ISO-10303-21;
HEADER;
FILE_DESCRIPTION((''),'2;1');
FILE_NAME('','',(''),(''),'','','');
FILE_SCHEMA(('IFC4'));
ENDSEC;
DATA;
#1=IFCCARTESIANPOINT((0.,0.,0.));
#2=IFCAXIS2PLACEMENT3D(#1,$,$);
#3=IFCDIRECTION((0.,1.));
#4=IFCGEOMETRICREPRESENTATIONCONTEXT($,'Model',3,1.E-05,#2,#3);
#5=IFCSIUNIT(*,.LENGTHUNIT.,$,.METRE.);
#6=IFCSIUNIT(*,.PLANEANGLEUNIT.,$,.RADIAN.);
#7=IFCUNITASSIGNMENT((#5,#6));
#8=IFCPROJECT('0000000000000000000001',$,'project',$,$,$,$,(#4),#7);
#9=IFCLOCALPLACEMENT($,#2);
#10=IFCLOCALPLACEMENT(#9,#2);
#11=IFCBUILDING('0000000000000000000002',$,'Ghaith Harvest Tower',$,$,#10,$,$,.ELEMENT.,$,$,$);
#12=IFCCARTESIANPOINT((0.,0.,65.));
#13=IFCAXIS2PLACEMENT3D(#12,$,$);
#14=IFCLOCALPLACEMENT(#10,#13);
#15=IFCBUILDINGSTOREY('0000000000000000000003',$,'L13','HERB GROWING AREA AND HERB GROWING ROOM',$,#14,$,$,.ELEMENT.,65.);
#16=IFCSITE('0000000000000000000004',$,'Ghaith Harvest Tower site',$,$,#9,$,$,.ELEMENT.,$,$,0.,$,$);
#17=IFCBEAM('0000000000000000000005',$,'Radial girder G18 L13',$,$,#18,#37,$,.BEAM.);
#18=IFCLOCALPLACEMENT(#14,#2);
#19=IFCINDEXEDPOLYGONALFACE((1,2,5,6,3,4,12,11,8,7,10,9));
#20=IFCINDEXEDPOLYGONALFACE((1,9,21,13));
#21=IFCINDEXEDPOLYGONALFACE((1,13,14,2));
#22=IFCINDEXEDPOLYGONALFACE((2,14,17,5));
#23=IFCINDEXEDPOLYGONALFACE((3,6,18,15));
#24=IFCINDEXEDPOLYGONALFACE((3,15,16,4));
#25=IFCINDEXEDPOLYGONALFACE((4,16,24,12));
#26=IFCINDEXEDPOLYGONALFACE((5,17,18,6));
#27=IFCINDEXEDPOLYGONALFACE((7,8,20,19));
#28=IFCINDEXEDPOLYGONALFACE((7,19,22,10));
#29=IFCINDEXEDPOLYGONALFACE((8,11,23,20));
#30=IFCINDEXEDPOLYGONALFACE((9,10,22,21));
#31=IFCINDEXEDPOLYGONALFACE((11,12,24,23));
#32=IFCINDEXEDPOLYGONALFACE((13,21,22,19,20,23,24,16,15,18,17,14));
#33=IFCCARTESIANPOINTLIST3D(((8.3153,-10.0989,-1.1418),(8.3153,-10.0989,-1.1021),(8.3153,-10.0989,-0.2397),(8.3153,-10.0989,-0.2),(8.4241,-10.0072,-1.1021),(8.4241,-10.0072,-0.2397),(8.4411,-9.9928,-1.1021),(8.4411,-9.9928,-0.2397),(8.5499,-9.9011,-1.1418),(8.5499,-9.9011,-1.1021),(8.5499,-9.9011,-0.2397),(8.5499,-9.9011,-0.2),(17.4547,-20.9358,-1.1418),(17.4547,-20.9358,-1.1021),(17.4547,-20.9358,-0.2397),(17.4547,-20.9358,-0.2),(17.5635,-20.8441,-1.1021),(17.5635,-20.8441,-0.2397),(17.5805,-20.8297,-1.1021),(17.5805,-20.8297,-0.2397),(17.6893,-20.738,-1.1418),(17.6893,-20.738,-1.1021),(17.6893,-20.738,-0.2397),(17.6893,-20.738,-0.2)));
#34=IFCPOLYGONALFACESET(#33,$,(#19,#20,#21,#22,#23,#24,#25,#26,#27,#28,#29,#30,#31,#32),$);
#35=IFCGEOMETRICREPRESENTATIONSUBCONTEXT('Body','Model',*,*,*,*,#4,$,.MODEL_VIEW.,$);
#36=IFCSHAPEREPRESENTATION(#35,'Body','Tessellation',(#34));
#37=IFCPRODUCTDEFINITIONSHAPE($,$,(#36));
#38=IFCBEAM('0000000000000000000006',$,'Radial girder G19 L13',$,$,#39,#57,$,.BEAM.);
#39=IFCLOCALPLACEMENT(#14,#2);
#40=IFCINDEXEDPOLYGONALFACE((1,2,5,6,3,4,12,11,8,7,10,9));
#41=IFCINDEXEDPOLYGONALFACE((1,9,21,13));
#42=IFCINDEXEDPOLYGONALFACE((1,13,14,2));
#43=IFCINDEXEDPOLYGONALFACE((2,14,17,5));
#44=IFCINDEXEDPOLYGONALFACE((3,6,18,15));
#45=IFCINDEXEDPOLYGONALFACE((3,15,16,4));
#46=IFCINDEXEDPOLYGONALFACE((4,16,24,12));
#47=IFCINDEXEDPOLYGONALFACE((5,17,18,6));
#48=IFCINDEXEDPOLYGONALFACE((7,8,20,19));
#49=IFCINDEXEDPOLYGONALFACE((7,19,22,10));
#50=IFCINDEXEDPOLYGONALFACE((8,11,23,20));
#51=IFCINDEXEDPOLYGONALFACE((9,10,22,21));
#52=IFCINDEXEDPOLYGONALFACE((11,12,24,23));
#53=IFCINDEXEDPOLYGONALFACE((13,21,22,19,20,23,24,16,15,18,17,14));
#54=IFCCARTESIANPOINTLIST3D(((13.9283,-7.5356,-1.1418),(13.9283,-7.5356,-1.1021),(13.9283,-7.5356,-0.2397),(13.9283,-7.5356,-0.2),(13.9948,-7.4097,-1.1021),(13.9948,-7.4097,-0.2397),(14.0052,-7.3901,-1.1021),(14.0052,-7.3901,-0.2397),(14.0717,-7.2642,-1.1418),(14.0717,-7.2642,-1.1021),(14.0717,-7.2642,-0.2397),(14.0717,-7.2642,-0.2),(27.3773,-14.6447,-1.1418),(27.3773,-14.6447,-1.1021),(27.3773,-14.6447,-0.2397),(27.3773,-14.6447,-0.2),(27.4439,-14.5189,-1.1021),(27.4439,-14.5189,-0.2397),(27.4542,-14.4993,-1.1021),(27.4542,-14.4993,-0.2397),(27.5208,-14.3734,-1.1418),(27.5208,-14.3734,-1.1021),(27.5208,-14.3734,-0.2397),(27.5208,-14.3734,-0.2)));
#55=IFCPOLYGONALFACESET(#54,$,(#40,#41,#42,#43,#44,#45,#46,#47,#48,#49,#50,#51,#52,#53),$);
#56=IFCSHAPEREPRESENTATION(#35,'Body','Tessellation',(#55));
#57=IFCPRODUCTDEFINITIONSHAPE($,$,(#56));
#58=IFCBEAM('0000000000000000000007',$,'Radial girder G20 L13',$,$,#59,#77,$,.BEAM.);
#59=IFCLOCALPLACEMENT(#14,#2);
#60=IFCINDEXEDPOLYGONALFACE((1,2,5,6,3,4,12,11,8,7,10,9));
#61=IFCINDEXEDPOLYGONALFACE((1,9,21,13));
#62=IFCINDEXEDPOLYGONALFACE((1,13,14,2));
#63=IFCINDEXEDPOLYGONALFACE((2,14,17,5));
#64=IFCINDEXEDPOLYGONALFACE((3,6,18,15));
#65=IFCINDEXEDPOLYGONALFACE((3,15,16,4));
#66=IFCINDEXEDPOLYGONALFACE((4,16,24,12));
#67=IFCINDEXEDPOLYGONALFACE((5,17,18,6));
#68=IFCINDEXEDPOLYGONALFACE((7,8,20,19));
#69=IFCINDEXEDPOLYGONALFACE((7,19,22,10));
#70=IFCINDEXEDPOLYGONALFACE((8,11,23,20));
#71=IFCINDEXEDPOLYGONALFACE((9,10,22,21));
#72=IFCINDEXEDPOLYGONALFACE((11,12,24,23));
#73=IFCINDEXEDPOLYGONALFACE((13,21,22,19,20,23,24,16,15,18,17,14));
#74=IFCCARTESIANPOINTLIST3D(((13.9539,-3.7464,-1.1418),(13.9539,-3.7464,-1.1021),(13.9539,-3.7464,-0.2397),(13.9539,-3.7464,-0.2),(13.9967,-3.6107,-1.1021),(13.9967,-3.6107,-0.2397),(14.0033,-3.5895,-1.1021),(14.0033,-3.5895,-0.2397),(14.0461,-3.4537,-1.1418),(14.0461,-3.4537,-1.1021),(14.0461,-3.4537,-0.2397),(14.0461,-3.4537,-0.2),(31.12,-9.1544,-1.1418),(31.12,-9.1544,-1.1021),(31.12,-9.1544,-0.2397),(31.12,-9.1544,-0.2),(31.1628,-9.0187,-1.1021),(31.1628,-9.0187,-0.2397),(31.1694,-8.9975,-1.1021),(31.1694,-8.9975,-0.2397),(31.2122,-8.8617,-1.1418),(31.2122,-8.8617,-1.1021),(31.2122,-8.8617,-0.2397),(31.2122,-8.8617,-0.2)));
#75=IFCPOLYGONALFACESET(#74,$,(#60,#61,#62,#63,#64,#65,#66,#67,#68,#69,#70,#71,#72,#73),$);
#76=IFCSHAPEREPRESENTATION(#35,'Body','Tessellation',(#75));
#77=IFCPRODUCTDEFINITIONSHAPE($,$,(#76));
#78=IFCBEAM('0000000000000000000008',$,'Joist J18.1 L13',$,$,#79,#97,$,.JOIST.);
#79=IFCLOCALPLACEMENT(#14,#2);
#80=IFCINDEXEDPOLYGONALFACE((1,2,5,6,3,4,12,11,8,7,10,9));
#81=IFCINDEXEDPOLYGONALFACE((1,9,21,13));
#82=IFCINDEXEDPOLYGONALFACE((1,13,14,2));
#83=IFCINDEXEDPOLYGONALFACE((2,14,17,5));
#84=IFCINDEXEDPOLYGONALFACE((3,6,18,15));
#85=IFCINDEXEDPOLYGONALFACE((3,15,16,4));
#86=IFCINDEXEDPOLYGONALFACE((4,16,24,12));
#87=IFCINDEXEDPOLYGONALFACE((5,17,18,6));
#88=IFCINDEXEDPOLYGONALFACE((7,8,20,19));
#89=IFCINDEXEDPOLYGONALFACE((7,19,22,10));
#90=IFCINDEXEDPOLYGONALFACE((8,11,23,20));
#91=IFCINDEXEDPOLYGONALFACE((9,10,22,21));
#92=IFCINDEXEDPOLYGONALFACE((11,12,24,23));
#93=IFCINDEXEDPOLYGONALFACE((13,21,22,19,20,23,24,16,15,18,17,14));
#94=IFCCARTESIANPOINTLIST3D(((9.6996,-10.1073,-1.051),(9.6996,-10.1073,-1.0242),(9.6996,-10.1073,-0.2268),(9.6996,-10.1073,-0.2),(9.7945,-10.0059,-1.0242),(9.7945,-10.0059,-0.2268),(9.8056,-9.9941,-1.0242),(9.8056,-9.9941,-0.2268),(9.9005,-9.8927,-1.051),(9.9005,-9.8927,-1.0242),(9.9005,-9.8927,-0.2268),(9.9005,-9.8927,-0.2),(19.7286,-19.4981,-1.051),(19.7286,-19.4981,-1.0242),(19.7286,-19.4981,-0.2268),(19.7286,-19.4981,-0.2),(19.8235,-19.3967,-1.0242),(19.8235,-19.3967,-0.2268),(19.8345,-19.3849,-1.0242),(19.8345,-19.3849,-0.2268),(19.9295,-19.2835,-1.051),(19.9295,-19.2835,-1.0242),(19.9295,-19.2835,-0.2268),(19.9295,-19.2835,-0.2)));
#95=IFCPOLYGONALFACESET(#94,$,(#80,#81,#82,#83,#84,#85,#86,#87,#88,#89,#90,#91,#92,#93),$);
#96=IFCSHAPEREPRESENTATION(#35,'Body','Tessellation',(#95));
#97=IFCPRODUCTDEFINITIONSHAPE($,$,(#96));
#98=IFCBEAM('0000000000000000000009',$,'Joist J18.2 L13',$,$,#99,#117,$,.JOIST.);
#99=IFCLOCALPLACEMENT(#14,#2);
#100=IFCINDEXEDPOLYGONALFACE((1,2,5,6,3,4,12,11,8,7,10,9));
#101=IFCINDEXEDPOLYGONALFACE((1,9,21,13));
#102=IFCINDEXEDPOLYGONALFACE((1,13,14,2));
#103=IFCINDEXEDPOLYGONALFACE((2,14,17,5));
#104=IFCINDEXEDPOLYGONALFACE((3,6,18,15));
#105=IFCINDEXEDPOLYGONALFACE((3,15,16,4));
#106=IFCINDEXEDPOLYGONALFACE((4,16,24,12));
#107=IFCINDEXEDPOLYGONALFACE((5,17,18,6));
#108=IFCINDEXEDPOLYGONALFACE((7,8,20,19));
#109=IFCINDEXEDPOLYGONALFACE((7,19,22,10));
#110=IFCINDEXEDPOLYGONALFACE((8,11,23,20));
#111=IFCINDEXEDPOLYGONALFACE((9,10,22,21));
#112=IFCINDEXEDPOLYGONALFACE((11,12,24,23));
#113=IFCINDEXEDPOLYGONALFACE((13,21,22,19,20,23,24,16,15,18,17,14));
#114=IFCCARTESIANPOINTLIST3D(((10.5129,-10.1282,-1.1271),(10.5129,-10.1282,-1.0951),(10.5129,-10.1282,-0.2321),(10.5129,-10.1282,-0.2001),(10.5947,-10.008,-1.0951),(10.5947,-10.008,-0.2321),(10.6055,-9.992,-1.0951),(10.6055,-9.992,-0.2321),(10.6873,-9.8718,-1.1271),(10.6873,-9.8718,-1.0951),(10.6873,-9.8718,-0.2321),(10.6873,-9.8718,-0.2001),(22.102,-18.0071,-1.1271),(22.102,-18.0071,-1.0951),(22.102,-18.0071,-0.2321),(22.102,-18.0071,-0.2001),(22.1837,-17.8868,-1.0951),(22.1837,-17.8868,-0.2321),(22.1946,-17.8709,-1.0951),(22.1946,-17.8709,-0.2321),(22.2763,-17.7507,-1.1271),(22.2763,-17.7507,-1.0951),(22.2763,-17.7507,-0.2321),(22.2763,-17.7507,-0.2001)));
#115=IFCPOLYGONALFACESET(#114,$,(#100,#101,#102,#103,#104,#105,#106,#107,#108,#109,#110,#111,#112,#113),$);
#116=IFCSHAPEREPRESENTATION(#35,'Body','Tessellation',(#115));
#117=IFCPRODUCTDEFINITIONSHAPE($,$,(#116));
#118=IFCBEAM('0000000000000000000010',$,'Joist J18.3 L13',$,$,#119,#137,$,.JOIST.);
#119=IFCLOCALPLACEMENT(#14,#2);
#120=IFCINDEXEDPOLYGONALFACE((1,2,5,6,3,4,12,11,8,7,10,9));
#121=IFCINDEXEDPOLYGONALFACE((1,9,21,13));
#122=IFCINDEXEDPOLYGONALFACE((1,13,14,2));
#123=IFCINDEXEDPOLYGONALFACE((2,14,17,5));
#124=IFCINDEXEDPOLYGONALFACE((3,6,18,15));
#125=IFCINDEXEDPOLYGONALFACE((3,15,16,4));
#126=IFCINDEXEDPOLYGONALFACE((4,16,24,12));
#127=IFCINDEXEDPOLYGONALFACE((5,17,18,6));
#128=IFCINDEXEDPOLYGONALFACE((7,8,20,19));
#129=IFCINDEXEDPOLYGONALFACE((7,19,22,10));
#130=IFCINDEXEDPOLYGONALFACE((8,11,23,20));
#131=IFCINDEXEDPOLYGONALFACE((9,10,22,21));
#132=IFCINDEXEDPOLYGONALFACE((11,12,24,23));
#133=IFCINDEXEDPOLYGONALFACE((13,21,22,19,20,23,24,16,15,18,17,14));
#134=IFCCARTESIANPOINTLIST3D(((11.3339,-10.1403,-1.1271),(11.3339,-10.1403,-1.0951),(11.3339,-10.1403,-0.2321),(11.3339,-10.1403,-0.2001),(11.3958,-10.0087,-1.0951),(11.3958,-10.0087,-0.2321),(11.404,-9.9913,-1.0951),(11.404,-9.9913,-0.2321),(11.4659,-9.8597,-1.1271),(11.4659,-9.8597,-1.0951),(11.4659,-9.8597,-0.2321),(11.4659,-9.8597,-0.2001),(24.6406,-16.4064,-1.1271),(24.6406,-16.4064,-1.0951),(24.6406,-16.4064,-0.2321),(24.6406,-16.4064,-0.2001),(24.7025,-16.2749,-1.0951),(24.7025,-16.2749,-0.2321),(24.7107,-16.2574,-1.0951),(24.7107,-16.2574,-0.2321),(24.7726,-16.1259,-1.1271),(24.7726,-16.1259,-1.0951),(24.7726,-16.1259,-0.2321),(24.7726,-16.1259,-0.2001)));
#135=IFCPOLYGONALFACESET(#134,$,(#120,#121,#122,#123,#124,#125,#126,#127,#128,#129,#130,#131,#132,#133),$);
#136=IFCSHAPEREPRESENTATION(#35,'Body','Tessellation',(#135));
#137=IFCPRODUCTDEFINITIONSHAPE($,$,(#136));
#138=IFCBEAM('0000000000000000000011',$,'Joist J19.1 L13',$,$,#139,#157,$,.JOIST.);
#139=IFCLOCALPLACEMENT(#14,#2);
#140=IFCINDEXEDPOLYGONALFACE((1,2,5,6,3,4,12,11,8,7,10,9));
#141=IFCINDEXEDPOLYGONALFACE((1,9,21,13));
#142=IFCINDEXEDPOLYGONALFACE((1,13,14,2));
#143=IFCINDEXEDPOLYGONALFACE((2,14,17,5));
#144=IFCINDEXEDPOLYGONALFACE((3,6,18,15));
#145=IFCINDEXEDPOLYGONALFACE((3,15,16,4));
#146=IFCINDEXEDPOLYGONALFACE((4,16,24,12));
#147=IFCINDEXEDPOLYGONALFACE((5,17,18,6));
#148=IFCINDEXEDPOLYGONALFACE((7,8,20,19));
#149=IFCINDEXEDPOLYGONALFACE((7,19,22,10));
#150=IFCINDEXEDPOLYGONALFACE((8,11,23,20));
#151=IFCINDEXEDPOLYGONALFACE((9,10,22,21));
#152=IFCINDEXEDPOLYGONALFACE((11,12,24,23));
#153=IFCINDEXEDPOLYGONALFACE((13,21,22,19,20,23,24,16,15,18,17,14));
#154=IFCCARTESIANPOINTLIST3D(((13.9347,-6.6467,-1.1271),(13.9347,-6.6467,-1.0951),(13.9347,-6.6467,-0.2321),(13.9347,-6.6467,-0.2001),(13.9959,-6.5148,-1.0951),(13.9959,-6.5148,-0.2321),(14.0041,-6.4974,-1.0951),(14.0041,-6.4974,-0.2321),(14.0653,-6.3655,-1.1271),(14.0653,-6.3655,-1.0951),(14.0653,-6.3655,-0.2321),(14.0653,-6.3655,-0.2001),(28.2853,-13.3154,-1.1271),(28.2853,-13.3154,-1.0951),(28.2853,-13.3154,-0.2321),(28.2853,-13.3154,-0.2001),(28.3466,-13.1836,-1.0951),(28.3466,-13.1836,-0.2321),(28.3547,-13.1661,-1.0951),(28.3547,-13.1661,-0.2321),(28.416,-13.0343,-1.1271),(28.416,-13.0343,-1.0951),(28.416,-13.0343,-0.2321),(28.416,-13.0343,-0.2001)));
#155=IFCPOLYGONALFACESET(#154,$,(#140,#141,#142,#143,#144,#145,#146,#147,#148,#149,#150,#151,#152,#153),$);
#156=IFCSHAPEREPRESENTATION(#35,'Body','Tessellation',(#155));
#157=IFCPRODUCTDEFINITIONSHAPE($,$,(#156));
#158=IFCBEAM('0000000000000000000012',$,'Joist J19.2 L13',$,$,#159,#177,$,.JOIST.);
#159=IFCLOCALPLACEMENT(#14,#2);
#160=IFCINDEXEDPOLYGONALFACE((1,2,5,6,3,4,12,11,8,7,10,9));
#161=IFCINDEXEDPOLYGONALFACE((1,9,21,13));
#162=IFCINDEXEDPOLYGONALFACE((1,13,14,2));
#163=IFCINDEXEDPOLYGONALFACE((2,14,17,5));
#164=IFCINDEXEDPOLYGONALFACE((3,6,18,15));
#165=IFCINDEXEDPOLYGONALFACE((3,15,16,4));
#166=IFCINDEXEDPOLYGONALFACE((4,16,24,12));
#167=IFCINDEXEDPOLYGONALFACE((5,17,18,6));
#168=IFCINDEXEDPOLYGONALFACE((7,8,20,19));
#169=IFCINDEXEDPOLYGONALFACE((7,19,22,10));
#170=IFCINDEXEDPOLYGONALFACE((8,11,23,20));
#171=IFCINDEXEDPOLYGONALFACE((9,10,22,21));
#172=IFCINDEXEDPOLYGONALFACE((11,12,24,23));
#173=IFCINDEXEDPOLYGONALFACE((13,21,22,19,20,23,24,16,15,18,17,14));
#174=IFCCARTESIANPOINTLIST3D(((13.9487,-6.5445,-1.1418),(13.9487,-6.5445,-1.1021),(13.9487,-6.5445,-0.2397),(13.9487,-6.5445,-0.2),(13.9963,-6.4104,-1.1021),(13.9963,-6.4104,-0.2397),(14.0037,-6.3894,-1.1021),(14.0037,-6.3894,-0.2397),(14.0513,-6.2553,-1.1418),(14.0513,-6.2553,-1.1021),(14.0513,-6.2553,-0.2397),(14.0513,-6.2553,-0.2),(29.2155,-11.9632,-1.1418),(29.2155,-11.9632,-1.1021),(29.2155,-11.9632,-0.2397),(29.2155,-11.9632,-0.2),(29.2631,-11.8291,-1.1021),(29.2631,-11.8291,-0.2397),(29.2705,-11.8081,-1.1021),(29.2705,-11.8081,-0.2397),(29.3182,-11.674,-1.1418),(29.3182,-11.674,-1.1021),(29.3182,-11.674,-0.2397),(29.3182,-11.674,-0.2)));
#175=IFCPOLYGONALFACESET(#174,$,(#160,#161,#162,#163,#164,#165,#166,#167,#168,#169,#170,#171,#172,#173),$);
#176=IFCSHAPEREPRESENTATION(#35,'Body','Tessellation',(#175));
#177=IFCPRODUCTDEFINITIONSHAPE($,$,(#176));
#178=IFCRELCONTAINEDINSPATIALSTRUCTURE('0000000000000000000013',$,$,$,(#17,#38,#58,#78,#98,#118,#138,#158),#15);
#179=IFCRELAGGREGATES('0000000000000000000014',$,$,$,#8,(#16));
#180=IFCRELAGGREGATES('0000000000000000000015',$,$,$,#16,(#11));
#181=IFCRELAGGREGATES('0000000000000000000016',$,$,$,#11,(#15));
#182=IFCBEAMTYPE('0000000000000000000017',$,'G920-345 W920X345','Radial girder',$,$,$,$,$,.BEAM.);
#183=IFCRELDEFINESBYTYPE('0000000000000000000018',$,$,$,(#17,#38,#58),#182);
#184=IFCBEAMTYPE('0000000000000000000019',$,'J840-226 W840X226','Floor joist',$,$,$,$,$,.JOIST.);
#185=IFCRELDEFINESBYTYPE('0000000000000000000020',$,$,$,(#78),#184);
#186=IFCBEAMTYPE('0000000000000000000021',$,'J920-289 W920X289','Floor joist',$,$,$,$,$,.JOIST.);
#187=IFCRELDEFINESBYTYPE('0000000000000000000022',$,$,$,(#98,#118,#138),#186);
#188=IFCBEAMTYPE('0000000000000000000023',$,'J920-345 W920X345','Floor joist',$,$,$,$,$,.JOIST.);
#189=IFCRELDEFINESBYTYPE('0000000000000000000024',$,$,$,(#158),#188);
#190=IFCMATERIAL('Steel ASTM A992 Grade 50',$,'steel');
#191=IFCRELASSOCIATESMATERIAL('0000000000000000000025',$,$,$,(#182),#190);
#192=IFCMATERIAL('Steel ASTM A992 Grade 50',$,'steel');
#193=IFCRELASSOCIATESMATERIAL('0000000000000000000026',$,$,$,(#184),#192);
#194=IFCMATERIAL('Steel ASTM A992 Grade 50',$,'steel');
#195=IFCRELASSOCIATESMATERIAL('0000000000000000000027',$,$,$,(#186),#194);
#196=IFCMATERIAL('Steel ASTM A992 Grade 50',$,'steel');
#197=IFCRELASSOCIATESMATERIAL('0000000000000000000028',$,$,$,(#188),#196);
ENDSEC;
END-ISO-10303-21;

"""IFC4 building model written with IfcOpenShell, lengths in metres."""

from ifc_helpers import new_model, si_unit, direction, frame, origin, origin_2d, place, context, subcontext, project, spatial, i_section, extrude, material, material_profile, profile_set, type_object, element, save


model = new_model("IFC4")

# Units and contexts
model_context = context("Model", 3, precision=1e-05, world=origin(), true_north=direction((0.0, 1.0)))
body_context = subcontext(model_context, "Body", "Model", "MODEL_VIEW")
ifc_project = project(units=[si_unit("LENGTHUNIT", "METRE"), si_unit("PLANEANGLEUNIT", "RADIAN")], contexts=[model_context])

# Site, building, storey
site_placement = place(None, origin())
site = spatial("IfcSite", under=ifc_project, at=site_placement, Name="Ghaith Harvest Tower site", CompositionType="ELEMENT", RefElevation=0.0)
building_placement = place(site_placement, origin())
building = spatial("IfcBuilding", under=site, at=building_placement, Name="Ghaith Harvest Tower", CompositionType="ELEMENT")
storey_placement = place(building_placement, frame((0.0, 0.0, 65.0)))
storey = spatial("IfcBuildingStorey", under=building, at=storey_placement, Name="L13", Description="HERB GROWING AREA AND HERB GROWING ROOM", CompositionType="ELEMENT", Elevation=65.0)

# Beams
ifc_material_1 = material(Name="Steel ASTM A992 Grade 50", Category="steel")
ifc_material_profile_1 = material_profile(ifc_material_1, i_section(OverallWidth=0.3069, OverallDepth=0.9419, WebThickness=0.0222, FlangeThickness=0.0398, at=origin_2d()), Name="W920X345")
ifc_profile_set_1 = profile_set([ifc_material_profile_1], Name="Steel ASTM A992 Grade 50")
beam_type_1 = type_object("IfcBeamType", Name="G920-345 W920X345", Description="Radial girder", PredefinedType="BEAM", material=ifc_profile_set_1)
beam_1_placement = place(storey_placement, frame((8.4326, -10.0, -0.6709), z_axis=(0.644696, -0.764439, 0.0), x_axis=(0.764439, 0.644696, 0.0)))
element("IfcBeam", 1, at=beam_1_placement, inside=storey, type_object=beam_type_1, Name="Radial girder G18 L13", PredefinedType="BEAM", context=body_context, shape_type="SweptSolid", body=[
    extrude(i_section(OverallWidth=0.3069, OverallDepth=0.9419, WebThickness=0.0222, FlangeThickness=0.0398, at=origin_2d()), origin(), (0.0, 0.0, 1.0), 14.1763),
])
beam_2_placement = place(storey_placement, frame((14.0, -7.3999, -0.6709), z_axis=(0.884084, -0.467327, 0.0), x_axis=(0.467327, 0.884084, 0.0)))
element("IfcBeam", 2, at=beam_2_placement, inside=storey, type_object=beam_type_1, Name="Radial girder G19 L13", PredefinedType="BEAM", context=body_context, shape_type="SweptSolid", body=[
    extrude(i_section(OverallWidth=0.3069, OverallDepth=0.9419, WebThickness=0.0222, FlangeThickness=0.0398, at=origin_2d()), origin(), (0.0, 0.0, 1.0), 15.2124),
])
beam_3_placement = place(storey_placement, frame((14.0, -3.6001, -0.6709), z_axis=(0.953788, -0.30048, 0.0), x_axis=(0.30048, 0.953788, 0.0)))
element("IfcBeam", 3, at=beam_3_placement, inside=storey, type_object=beam_type_1, Name="Radial girder G20 L13", PredefinedType="BEAM", context=body_context, shape_type="SweptSolid", body=[
    extrude(i_section(OverallWidth=0.3069, OverallDepth=0.9419, WebThickness=0.0222, FlangeThickness=0.0398, at=origin_2d()), origin(), (0.0, 0.0, 1.0), 17.9978),
])
ifc_material_2 = material(Name="Steel ASTM A992 Grade 50", Category="steel")
ifc_material_profile_2 = material_profile(ifc_material_2, i_section(OverallWidth=0.2939, OverallDepth=0.8511, WebThickness=0.0161, FlangeThickness=0.0269, at=origin_2d()), Name="W840X226")
ifc_profile_set_2 = profile_set([ifc_material_profile_2], Name="Steel ASTM A992 Grade 50")
beam_type_2 = type_object("IfcBeamType", Name="J840-226 W840X226", Description="Floor joist", PredefinedType="JOIST", material=ifc_profile_set_2)
beam_4_placement = place(storey_placement, frame((9.8, -10.0, -0.6255), z_axis=(0.72995, -0.683501, 0.0), x_axis=(0.683501, 0.72995, 0.0)))
element("IfcBeam", 4, at=beam_4_placement, inside=storey, type_object=beam_type_2, Name="Joist J18.1 L13", PredefinedType="JOIST", context=body_context, shape_type="SweptSolid", body=[
    extrude(i_section(OverallWidth=0.2939, OverallDepth=0.8511, WebThickness=0.0161, FlangeThickness=0.0269, at=origin_2d()), origin(), (0.0, 0.0, 1.0), 13.7393),
])
ifc_material_3 = material(Name="Steel ASTM A992 Grade 50", Category="steel")
ifc_material_profile_3 = material_profile(ifc_material_3, i_section(OverallWidth=0.3101, OverallDepth=0.927, WebThickness=0.0193, FlangeThickness=0.032, at=origin_2d()), Name="W920X289")
ifc_profile_set_3 = profile_set([ifc_material_profile_3], Name="Steel ASTM A992 Grade 50")
beam_type_3 = type_object("IfcBeamType", Name="J920-289 W920X289", Description="Floor joist", PredefinedType="JOIST", material=ifc_profile_set_3)
beam_5_placement = place(storey_placement, frame((10.6001, -10.0, -0.6636), z_axis=(0.826983, -0.562228, 0.0), x_axis=(0.562228, 0.826983, 0.0)))
element("IfcBeam", 5, at=beam_5_placement, inside=storey, type_object=beam_type_3, Name="Joist J18.2 L13", PredefinedType="JOIST", context=body_context, shape_type="SweptSolid", body=[
    extrude(i_section(OverallWidth=0.3101, OverallDepth=0.927, WebThickness=0.0193, FlangeThickness=0.032, at=origin_2d()), origin(), (0.0, 0.0, 1.0), 14.0137),
])
beam_6_placement = place(storey_placement, frame((11.3999, -10.0, -0.6636), z_axis=(0.90471, -0.426029, 0.0), x_axis=(0.426029, 0.90471, 0.0)))
element("IfcBeam", 6, at=beam_6_placement, inside=storey, type_object=beam_type_3, Name="Joist J18.3 L13", PredefinedType="JOIST", context=body_context, shape_type="SweptSolid", body=[
    extrude(i_section(OverallWidth=0.3101, OverallDepth=0.927, WebThickness=0.0193, FlangeThickness=0.032, at=origin_2d()), origin(), (0.0, 0.0, 1.0), 14.7083),
])
beam_7_placement = place(storey_placement, frame((14.0, -6.5061, -0.6636), z_axis=(0.906866, -0.42142, 0.0), x_axis=(0.42142, 0.906866, 0.0)))
element("IfcBeam", 7, at=beam_7_placement, inside=storey, type_object=beam_type_3, Name="Joist J19.1 L13", PredefinedType="JOIST", context=body_context, shape_type="SweptSolid", body=[
    extrude(i_section(OverallWidth=0.3101, OverallDepth=0.927, WebThickness=0.0193, FlangeThickness=0.032, at=origin_2d()), origin(), (0.0, 0.0, 1.0), 15.8245),
])
ifc_material_4 = material(Name="Steel ASTM A992 Grade 50", Category="steel")
ifc_material_profile_4 = material_profile(ifc_material_4, i_section(OverallWidth=0.3069, OverallDepth=0.9419, WebThickness=0.0222, FlangeThickness=0.0398, at=origin_2d()), Name="W920X345")
ifc_profile_set_4 = profile_set([ifc_material_profile_4], Name="Steel ASTM A992 Grade 50")
beam_type_4 = type_object("IfcBeamType", Name="J920-345 W920X345", Description="Floor joist", PredefinedType="JOIST", material=ifc_profile_set_4)
beam_8_placement = place(storey_placement, frame((14.0, -6.3999, -0.6709), z_axis=(0.9424, -0.334488, 0.0), x_axis=(0.334488, 0.9424, 0.0)))
element("IfcBeam", 8, at=beam_8_placement, inside=storey, type_object=beam_type_4, Name="Joist J19.2 L13", PredefinedType="JOIST", context=body_context, shape_type="SweptSolid", body=[
    extrude(i_section(OverallWidth=0.3069, OverallDepth=0.9419, WebThickness=0.0222, FlangeThickness=0.0398, at=origin_2d()), origin(), (0.0, 0.0, 1.0), 16.2),
])

save(model, "model.ifc")
